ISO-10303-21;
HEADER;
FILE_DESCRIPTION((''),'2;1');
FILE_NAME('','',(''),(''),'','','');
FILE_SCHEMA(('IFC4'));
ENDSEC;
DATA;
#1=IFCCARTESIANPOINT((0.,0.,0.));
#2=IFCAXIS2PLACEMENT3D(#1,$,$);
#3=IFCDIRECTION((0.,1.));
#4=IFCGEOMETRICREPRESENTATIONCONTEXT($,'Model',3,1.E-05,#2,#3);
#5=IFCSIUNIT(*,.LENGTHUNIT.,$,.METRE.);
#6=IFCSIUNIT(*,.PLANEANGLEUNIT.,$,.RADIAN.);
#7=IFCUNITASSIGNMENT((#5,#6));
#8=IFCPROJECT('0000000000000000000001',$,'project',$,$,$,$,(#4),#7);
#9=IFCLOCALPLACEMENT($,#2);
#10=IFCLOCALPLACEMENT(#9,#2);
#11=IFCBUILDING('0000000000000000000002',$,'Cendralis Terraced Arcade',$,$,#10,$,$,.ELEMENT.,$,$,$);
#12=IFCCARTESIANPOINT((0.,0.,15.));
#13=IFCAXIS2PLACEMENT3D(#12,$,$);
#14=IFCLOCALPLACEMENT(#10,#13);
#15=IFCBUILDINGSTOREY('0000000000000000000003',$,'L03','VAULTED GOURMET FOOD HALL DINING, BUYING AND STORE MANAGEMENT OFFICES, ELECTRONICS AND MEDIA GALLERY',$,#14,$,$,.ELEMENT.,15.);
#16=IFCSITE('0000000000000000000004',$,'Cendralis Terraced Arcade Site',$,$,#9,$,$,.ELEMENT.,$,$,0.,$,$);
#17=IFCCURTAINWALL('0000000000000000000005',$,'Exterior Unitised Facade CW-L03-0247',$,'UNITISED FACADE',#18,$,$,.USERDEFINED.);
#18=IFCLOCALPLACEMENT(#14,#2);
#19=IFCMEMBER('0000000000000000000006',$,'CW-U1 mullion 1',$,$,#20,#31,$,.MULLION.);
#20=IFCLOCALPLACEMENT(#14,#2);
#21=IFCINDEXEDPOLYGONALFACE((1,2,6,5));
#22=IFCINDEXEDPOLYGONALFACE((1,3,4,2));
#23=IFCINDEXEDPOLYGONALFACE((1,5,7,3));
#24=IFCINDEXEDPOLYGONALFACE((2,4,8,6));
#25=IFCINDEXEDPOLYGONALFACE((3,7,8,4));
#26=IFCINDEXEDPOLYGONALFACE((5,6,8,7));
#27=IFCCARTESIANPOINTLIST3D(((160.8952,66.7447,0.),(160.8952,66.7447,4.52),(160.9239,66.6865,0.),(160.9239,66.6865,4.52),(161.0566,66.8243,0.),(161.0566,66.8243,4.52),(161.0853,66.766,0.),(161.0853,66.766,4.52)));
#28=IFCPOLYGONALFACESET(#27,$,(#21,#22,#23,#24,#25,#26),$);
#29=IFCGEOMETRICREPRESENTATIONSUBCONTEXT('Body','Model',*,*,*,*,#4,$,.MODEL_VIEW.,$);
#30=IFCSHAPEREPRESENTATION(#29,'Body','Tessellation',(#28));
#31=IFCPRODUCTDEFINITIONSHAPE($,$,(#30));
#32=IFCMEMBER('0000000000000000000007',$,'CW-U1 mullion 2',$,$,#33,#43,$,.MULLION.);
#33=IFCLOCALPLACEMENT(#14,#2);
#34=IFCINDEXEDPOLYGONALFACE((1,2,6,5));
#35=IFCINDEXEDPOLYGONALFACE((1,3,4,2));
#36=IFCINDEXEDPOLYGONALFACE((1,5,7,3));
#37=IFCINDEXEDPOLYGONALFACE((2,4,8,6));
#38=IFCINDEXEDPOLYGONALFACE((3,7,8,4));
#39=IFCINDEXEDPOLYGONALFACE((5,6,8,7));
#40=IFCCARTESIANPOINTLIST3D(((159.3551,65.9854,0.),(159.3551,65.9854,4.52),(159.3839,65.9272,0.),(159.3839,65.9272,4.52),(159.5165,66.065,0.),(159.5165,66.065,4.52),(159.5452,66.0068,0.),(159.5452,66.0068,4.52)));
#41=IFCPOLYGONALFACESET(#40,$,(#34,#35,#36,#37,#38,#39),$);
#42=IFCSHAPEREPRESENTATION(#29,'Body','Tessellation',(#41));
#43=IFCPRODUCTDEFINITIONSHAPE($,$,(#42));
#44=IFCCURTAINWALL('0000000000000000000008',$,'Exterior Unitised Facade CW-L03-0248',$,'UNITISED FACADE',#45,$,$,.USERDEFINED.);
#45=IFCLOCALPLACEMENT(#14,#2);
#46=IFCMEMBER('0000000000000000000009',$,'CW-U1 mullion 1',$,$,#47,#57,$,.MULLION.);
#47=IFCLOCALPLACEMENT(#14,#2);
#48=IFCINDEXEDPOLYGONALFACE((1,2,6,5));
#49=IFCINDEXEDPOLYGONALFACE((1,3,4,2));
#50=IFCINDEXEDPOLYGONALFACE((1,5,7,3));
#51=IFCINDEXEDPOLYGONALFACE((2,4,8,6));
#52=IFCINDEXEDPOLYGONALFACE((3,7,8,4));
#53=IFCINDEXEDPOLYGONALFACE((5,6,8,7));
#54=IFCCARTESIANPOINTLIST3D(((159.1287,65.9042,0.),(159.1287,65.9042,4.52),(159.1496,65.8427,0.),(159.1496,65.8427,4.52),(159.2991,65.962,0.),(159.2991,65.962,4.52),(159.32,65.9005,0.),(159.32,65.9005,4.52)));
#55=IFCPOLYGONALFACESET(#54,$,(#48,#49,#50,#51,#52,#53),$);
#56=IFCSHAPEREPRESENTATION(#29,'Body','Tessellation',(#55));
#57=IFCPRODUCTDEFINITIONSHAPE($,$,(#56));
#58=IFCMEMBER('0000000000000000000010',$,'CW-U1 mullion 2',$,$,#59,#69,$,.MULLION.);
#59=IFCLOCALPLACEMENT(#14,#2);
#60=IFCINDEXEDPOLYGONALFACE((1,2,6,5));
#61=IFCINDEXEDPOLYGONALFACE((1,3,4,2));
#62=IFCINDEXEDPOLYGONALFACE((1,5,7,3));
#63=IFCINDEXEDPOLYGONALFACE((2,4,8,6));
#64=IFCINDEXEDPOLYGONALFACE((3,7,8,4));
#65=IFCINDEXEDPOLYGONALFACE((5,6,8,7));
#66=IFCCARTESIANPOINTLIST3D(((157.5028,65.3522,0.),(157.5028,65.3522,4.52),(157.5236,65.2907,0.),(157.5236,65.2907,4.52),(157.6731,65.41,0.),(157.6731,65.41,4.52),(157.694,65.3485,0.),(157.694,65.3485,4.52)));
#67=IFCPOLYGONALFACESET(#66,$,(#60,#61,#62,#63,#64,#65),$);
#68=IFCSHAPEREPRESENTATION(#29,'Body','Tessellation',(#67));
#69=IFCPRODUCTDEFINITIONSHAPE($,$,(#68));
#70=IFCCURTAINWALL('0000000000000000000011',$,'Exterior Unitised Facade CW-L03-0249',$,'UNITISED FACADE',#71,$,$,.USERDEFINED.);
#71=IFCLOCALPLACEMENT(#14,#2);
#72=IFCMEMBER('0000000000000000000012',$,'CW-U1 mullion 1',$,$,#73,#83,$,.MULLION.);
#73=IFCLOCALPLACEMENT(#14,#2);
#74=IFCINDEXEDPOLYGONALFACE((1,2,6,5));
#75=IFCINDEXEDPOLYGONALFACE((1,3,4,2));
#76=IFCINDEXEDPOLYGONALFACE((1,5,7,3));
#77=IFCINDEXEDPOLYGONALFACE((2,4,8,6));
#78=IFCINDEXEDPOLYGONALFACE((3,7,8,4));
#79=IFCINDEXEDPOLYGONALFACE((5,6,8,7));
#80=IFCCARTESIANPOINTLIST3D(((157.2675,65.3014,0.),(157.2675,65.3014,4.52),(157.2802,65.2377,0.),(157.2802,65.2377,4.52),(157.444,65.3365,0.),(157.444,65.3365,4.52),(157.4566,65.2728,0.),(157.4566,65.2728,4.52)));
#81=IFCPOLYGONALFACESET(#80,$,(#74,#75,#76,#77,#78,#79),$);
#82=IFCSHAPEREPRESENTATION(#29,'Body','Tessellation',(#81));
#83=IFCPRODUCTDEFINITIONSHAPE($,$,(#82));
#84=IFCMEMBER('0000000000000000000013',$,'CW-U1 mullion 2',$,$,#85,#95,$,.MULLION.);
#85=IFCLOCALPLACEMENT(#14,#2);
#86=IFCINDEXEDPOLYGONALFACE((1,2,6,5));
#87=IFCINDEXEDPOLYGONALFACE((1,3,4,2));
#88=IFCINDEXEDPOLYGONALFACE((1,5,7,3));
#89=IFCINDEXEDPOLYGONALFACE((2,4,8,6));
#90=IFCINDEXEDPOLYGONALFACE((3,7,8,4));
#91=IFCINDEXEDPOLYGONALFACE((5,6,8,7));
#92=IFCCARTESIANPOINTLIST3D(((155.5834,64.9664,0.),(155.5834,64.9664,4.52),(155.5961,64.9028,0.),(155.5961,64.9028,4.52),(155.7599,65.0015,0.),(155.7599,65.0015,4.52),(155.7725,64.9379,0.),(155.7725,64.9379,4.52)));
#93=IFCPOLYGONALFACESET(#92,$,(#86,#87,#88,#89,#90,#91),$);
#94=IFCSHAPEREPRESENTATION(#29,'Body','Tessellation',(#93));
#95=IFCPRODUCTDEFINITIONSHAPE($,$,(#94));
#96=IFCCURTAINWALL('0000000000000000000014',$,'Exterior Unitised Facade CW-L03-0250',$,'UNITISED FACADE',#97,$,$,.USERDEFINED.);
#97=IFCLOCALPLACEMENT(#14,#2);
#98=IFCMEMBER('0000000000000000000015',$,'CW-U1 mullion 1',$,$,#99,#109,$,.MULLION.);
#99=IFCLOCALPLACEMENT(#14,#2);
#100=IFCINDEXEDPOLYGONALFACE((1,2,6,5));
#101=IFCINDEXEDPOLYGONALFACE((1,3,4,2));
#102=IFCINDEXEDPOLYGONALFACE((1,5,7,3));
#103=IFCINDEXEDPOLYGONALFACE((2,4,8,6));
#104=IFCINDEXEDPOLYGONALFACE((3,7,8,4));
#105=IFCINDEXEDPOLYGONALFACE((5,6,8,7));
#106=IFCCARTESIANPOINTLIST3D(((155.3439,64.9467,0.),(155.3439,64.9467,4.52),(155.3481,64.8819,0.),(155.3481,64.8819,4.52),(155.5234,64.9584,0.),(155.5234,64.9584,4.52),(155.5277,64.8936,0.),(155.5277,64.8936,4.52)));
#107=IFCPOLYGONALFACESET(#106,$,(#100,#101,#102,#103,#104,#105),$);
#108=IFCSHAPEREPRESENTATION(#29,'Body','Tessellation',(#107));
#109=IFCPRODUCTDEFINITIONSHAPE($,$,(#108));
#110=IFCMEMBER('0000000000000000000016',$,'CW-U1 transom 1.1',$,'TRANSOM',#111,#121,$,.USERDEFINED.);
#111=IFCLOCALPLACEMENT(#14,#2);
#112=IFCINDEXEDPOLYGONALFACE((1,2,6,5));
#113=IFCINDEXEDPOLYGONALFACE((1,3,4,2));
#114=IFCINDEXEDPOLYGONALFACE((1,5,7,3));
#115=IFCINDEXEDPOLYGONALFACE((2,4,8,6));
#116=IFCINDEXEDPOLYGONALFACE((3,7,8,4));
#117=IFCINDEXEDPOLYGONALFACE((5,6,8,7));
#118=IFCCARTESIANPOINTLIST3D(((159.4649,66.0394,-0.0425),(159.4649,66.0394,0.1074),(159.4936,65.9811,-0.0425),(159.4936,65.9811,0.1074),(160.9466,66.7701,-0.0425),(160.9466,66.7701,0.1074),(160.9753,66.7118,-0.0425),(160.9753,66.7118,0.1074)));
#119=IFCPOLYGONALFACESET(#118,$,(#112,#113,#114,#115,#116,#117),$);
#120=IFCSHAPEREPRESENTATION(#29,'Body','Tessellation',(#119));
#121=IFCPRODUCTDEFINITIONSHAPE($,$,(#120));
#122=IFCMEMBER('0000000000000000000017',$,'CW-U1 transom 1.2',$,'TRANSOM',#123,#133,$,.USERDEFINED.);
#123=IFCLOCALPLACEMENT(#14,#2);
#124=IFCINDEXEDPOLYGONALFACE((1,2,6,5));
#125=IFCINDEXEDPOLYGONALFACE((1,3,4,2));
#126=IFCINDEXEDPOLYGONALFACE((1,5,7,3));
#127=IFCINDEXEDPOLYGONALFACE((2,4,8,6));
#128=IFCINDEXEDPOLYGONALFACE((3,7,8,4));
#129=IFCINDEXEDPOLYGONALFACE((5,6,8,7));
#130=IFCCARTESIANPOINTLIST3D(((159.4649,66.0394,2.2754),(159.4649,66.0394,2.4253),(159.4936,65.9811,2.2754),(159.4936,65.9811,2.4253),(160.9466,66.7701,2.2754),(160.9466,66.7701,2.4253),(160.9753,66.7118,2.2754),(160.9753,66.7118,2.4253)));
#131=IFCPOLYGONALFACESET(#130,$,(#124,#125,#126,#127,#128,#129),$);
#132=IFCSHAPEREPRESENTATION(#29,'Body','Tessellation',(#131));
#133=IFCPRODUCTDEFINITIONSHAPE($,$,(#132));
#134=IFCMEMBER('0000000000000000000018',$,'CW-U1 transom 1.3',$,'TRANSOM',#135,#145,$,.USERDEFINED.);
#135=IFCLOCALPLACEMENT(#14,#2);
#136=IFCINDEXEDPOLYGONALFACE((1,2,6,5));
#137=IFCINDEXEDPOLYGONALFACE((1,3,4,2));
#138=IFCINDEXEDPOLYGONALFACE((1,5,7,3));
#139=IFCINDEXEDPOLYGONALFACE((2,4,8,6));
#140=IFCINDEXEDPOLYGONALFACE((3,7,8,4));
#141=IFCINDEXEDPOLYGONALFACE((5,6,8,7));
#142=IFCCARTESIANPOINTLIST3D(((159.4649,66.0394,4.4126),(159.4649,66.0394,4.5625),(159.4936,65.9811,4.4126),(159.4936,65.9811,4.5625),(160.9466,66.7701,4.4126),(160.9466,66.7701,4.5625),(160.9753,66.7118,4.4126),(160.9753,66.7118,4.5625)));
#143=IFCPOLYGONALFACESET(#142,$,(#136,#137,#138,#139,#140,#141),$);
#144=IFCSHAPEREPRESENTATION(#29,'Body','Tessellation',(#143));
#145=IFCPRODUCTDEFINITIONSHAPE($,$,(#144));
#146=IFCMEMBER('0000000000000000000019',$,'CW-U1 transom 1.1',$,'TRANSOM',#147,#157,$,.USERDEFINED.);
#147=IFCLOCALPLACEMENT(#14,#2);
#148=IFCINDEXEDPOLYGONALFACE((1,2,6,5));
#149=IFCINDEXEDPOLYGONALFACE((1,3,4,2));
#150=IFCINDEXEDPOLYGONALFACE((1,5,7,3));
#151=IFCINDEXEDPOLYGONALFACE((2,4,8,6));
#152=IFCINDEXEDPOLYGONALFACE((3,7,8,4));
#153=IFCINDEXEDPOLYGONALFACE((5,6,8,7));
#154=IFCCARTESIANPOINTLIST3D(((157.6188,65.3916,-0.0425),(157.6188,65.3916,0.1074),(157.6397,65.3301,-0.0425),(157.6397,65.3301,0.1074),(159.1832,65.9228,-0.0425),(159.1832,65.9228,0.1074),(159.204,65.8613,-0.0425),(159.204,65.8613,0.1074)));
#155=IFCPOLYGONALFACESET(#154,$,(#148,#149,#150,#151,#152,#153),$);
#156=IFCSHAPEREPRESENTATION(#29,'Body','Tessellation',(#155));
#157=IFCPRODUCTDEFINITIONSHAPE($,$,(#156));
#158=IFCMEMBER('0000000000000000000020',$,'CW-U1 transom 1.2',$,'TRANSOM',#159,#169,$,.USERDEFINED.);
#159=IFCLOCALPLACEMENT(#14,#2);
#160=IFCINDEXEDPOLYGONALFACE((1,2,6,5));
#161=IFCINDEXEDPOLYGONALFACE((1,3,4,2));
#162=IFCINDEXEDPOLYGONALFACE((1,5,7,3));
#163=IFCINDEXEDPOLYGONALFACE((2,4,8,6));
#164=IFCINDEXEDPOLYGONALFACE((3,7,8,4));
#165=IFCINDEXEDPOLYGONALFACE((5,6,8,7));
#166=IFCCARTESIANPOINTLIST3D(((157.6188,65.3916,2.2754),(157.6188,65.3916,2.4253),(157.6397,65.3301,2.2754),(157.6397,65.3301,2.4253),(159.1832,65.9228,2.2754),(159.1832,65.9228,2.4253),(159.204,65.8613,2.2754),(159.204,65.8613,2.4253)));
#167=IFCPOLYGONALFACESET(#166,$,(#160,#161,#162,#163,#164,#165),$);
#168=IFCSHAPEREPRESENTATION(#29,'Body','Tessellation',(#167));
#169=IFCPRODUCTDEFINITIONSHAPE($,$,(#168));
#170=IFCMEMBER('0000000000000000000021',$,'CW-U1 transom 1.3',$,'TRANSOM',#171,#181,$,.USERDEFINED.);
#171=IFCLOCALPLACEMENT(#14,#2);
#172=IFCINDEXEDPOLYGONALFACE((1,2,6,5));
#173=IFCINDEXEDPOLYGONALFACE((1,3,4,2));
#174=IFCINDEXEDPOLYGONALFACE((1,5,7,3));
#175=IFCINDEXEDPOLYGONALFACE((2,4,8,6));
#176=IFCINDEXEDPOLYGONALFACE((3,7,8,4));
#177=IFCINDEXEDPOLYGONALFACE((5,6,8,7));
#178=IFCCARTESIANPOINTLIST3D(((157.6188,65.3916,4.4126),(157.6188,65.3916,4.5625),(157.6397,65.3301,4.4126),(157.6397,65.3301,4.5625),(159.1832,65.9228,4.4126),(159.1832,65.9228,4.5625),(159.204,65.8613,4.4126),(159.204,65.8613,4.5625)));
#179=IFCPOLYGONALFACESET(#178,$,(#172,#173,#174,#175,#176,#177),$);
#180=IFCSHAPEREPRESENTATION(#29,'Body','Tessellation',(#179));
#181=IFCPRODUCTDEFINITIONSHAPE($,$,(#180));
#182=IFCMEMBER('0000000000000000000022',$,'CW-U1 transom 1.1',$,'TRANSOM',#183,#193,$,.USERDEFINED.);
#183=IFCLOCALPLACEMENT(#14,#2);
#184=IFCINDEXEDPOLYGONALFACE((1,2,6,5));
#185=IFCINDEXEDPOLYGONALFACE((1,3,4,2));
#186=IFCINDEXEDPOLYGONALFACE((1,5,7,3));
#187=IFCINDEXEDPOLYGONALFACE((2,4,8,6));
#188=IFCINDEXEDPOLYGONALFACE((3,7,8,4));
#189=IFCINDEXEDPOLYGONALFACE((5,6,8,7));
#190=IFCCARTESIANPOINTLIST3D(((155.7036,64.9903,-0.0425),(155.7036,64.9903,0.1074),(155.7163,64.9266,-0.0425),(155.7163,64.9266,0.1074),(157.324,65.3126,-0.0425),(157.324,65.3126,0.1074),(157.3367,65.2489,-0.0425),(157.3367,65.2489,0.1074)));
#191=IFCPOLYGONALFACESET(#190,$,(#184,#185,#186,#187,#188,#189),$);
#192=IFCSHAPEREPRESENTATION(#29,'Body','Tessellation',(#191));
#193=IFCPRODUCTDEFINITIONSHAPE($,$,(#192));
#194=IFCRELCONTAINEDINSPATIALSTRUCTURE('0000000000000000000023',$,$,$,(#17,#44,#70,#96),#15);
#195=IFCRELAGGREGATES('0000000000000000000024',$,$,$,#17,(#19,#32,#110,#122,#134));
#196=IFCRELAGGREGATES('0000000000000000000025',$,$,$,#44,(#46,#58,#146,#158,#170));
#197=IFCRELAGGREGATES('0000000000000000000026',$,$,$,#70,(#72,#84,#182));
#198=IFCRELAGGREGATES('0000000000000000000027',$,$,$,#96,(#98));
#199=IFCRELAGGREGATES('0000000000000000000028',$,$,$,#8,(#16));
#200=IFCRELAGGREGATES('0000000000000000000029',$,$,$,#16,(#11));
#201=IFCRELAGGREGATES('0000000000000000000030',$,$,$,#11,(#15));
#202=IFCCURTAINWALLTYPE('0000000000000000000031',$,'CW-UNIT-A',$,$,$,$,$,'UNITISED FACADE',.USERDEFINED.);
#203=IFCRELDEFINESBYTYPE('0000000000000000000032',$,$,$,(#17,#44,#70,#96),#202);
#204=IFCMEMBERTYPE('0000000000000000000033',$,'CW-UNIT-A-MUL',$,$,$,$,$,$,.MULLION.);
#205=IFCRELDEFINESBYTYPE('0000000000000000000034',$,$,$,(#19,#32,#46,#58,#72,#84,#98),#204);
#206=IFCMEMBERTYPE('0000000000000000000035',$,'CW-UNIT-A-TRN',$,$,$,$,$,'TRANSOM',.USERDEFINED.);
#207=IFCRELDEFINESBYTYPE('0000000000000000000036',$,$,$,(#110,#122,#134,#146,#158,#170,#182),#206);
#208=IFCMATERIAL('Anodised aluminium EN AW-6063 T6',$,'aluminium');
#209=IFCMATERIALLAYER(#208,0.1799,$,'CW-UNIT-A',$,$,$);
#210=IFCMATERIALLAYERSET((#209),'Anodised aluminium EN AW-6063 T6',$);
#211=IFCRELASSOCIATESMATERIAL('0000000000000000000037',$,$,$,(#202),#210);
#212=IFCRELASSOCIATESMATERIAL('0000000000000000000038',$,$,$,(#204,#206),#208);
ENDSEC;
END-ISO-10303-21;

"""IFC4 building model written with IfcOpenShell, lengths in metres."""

from ifc_helpers import new_model, si_unit, direction, frame, origin, origin_2d, place, context, subcontext, project, spatial, rectangle, extrude, material, layer, layer_set, material_profile, profile_set, type_object, element, aggregate, save


model = new_model("IFC4")

# Units and contexts
model_context = context("Model", 3, precision=1e-05, world=origin(), true_north=direction((0.0, 1.0)))
body_context = subcontext(model_context, "Body", "Model", "MODEL_VIEW")
ifc_project = project(units=[si_unit("LENGTHUNIT", "METRE"), si_unit("PLANEANGLEUNIT", "RADIAN")], contexts=[model_context])

# Site, building, storey
site_placement = place(None, origin())
site = spatial("IfcSite", under=ifc_project, at=site_placement, Name="Cendralis Terraced Arcade Site", CompositionType="ELEMENT", RefElevation=0.0)
building_placement = place(site_placement, origin())
building = spatial("IfcBuilding", under=site, at=building_placement, Name="Cendralis Terraced Arcade", CompositionType="ELEMENT")
storey_placement = place(building_placement, frame((0.0, 0.0, 15.0)))
storey = spatial("IfcBuildingStorey", under=building, at=storey_placement, Name="L03", Description="VAULTED GOURMET FOOD HALL DINING, BUYING AND STORE MANAGEMENT OFFICES, ELECTRONICS AND MEDIA GALLERY", CompositionType="ELEMENT", Elevation=15.0)

# Curtain walls, members
ifc_material_1 = material(Name="Anodised aluminium EN AW-6063 T6", Category="aluminium")
ifc_layer_1 = layer(ifc_material_1, 0.1799, Name="CW-UNIT-A")
ifc_layer_set_1 = layer_set([ifc_layer_1], Name="Anodised aluminium EN AW-6063 T6")
curtain_wall_type = type_object("IfcCurtainWallType", Name="CW-UNIT-A", ElementType="UNITISED FACADE", PredefinedType="USERDEFINED", material=ifc_layer_set_1)
curtain_wall_1_placement = place(storey_placement, origin())
curtain_wall_1 = element("IfcCurtainWall", 1, at=curtain_wall_1_placement, inside=storey, type_object=curtain_wall_type, Name="Exterior Unitised Facade CW-L03-0247", ObjectType="UNITISED FACADE", PredefinedType="USERDEFINED")
ifc_material_profile_1 = material_profile(ifc_material_1, rectangle(XDim=0.0649, YDim=0.1799, at=origin_2d()), Name="ALU-MUL-65x180")
ifc_profile_set_1 = profile_set([ifc_material_profile_1], Name="Anodised aluminium EN AW-6063 T6")
member_type_1 = type_object("IfcMemberType", Name="CW-UNIT-A-MUL", PredefinedType="MULLION", material=ifc_profile_set_1)
member_1_placement = place(storey_placement, frame((160.9902, 66.7554, 0.0), z_axis=(0.0, 0.0, 1.0), x_axis=(0.442291, -0.896871, 0.0)))
member_1 = element("IfcMember", 2, at=member_1_placement, type_object=member_type_1, Name="CW-U1 mullion 1", PredefinedType="MULLION", context=body_context, shape_type="SweptSolid", body=[
    extrude(rectangle(XDim=0.0649, YDim=0.1799, at=origin_2d()), origin(), (0.0, 0.0, 1.0), 4.52),
])
member_2_placement = place(storey_placement, frame((159.4502, 65.9961, 0.0), z_axis=(0.0, 0.0, 1.0), x_axis=(0.442291, -0.896871, 0.0)))
member_2 = element("IfcMember", 3, at=member_2_placement, type_object=member_type_1, Name="CW-U1 mullion 2", PredefinedType="MULLION", context=body_context, shape_type="SweptSolid", body=[
    extrude(rectangle(XDim=0.0649, YDim=0.1799, at=origin_2d()), origin(), (0.0, 0.0, 1.0), 4.52),
])
curtain_wall_2_placement = place(storey_placement, origin())
curtain_wall_2 = element("IfcCurtainWall", 4, at=curtain_wall_2_placement, inside=storey, type_object=curtain_wall_type, Name="Exterior Unitised Facade CW-L03-0248", ObjectType="UNITISED FACADE", PredefinedType="USERDEFINED")
member_3_placement = place(storey_placement, frame((159.2244, 65.9023, 0.0), z_axis=(0.0, 0.0, 1.0), x_axis=(0.321458, -0.946924, 0.0)))
member_3 = element("IfcMember", 5, at=member_3_placement, type_object=member_type_1, Name="CW-U1 mullion 1", PredefinedType="MULLION", context=body_context, shape_type="SweptSolid", body=[
    extrude(rectangle(XDim=0.0649, YDim=0.1799, at=origin_2d()), origin(), (0.0, 0.0, 1.0), 4.52),
])
member_4_placement = place(storey_placement, frame((157.5984, 65.3503, 0.0), z_axis=(0.0, 0.0, 1.0), x_axis=(0.321458, -0.946924, 0.0)))
member_4 = element("IfcMember", 6, at=member_4_placement, type_object=member_type_1, Name="CW-U1 mullion 2", PredefinedType="MULLION", context=body_context, shape_type="SweptSolid", body=[
    extrude(rectangle(XDim=0.0649, YDim=0.1799, at=origin_2d()), origin(), (0.0, 0.0, 1.0), 4.52),
])
curtain_wall_3_placement = place(storey_placement, origin())
curtain_wall_3 = element("IfcCurtainWall", 7, at=curtain_wall_3_placement, inside=storey, type_object=curtain_wall_type, Name="Exterior Unitised Facade CW-L03-0249", ObjectType="UNITISED FACADE", PredefinedType="USERDEFINED")
member_5_placement = place(storey_placement, frame((157.3621, 65.2871, 0.0), z_axis=(0.0, 0.0, 1.0), x_axis=(0.195058, -0.980792, 0.0)))
member_5 = element("IfcMember", 8, at=member_5_placement, type_object=member_type_1, Name="CW-U1 mullion 1", PredefinedType="MULLION", context=body_context, shape_type="SweptSolid", body=[
    extrude(rectangle(XDim=0.0649, YDim=0.1799, at=origin_2d()), origin(), (0.0, 0.0, 1.0), 4.52),
])
member_6_placement = place(storey_placement, frame((155.678, 64.9521, 0.0), z_axis=(0.0, 0.0, 1.0), x_axis=(0.195058, -0.980792, 0.0)))
member_6 = element("IfcMember", 9, at=member_6_placement, type_object=member_type_1, Name="CW-U1 mullion 2", PredefinedType="MULLION", context=body_context, shape_type="SweptSolid", body=[
    extrude(rectangle(XDim=0.0649, YDim=0.1799, at=origin_2d()), origin(), (0.0, 0.0, 1.0), 4.52),
])

# Curtain wall, member
curtain_wall_4_placement = place(storey_placement, origin())
curtain_wall_4 = element("IfcCurtainWall", 10, at=curtain_wall_4_placement, inside=storey, type_object=curtain_wall_type, Name="Exterior Unitised Facade CW-L03-0250", ObjectType="UNITISED FACADE", PredefinedType="USERDEFINED")
member_7_placement = place(storey_placement, frame((155.4358, 64.9202, 0.0), z_axis=(0.0, 0.0, 1.0), x_axis=(0.065372, -0.997861, 0.0)))
member_7 = element("IfcMember", 11, at=member_7_placement, type_object=member_type_1, Name="CW-U1 mullion 1", PredefinedType="MULLION", context=body_context, shape_type="SweptSolid", body=[
    extrude(rectangle(XDim=0.0649, YDim=0.1799, at=origin_2d()), origin(), (0.0, 0.0, 1.0), 4.52),
])

# Members
ifc_material_profile_2 = material_profile(ifc_material_1, rectangle(XDim=0.0649, YDim=0.1499, at=origin_2d()), Name="ALU-TRN-65x150")
ifc_profile_set_2 = profile_set([ifc_material_profile_2], Name="Anodised aluminium EN AW-6063 T6")
member_type_2 = type_object("IfcMemberType", Name="CW-UNIT-A-TRN", ElementType="TRANSOM", PredefinedType="USERDEFINED", material=ifc_profile_set_2)
member_8_placement = place(storey_placement, frame((160.9609, 66.741, 0.0325), z_axis=(-0.896867, -0.442301, 0.0), x_axis=(0.442301, -0.896867, 0.0)))
member_8 = element("IfcMember", 12, at=member_8_placement, type_object=member_type_2, Name="CW-U1 transom 1.1", ObjectType="TRANSOM", PredefinedType="USERDEFINED", context=body_context, shape_type="SweptSolid", body=[
    extrude(rectangle(XDim=0.0649, YDim=0.1499, at=origin_2d()), origin(), (0.0, 0.0, 1.0), 1.6521),
])
member_9_placement = place(storey_placement, frame((160.9609, 66.741, 2.3503), z_axis=(-0.896867, -0.442301, 0.0), x_axis=(0.442301, -0.896867, 0.0)))
member_9 = element("IfcMember", 13, at=member_9_placement, type_object=member_type_2, Name="CW-U1 transom 1.2", ObjectType="TRANSOM", PredefinedType="USERDEFINED", context=body_context, shape_type="SweptSolid", body=[
    extrude(rectangle(XDim=0.0649, YDim=0.1499, at=origin_2d()), origin(), (0.0, 0.0, 1.0), 1.6521),
])
member_10_placement = place(storey_placement, frame((160.9609, 66.741, 4.4875), z_axis=(-0.896867, -0.442301, 0.0), x_axis=(0.442301, -0.896867, 0.0)))
member_10 = element("IfcMember", 14, at=member_10_placement, type_object=member_type_2, Name="CW-U1 transom 1.3", ObjectType="TRANSOM", PredefinedType="USERDEFINED", context=body_context, shape_type="SweptSolid", body=[
    extrude(rectangle(XDim=0.0649, YDim=0.1499, at=origin_2d()), origin(), (0.0, 0.0, 1.0), 1.6521),
])
member_11_placement = place(storey_placement, frame((159.1936, 65.8921, 0.0325), z_axis=(-0.946895, -0.321542, 0.0), x_axis=(0.321542, -0.946895, 0.0)))
member_11 = element("IfcMember", 15, at=member_11_placement, type_object=member_type_2, Name="CW-U1 transom 1.1", ObjectType="TRANSOM", PredefinedType="USERDEFINED", context=body_context, shape_type="SweptSolid", body=[
    extrude(rectangle(XDim=0.0649, YDim=0.1499, at=origin_2d()), origin(), (0.0, 0.0, 1.0), 1.6521),
])
member_12_placement = place(storey_placement, frame((159.1936, 65.8921, 2.3503), z_axis=(-0.946895, -0.321542, 0.0), x_axis=(0.321542, -0.946895, 0.0)))
member_12 = element("IfcMember", 16, at=member_12_placement, type_object=member_type_2, Name="CW-U1 transom 1.2", ObjectType="TRANSOM", PredefinedType="USERDEFINED", context=body_context, shape_type="SweptSolid", body=[
    extrude(rectangle(XDim=0.0649, YDim=0.1499, at=origin_2d()), origin(), (0.0, 0.0, 1.0), 1.6521),
])
member_13_placement = place(storey_placement, frame((159.1936, 65.8921, 4.4875), z_axis=(-0.946895, -0.321542, 0.0), x_axis=(0.321542, -0.946895, 0.0)))
member_13 = element("IfcMember", 17, at=member_13_placement, type_object=member_type_2, Name="CW-U1 transom 1.3", ObjectType="TRANSOM", PredefinedType="USERDEFINED", context=body_context, shape_type="SweptSolid", body=[
    extrude(rectangle(XDim=0.0649, YDim=0.1499, at=origin_2d()), origin(), (0.0, 0.0, 1.0), 1.6521),
])
member_14_placement = place(storey_placement, frame((157.3303, 65.2808, 0.0325), z_axis=(-0.98079, -0.195065, 0.0), x_axis=(0.195065, -0.98079, 0.0)))
member_14 = element("IfcMember", 18, at=member_14_placement, type_object=member_type_2, Name="CW-U1 transom 1.1", ObjectType="TRANSOM", PredefinedType="USERDEFINED", context=body_context, shape_type="SweptSolid", body=[
    extrude(rectangle(XDim=0.0649, YDim=0.1499, at=origin_2d()), origin(), (0.0, 0.0, 1.0), 1.6521),
])

aggregate(curtain_wall_1, [member_1, member_2, member_8, member_9, member_10])
aggregate(curtain_wall_2, [member_3, member_4, member_11, member_12, member_13])
aggregate(curtain_wall_3, [member_5, member_6, member_14])
aggregate(curtain_wall_4, [member_7])

save(model, "model.ifc")
